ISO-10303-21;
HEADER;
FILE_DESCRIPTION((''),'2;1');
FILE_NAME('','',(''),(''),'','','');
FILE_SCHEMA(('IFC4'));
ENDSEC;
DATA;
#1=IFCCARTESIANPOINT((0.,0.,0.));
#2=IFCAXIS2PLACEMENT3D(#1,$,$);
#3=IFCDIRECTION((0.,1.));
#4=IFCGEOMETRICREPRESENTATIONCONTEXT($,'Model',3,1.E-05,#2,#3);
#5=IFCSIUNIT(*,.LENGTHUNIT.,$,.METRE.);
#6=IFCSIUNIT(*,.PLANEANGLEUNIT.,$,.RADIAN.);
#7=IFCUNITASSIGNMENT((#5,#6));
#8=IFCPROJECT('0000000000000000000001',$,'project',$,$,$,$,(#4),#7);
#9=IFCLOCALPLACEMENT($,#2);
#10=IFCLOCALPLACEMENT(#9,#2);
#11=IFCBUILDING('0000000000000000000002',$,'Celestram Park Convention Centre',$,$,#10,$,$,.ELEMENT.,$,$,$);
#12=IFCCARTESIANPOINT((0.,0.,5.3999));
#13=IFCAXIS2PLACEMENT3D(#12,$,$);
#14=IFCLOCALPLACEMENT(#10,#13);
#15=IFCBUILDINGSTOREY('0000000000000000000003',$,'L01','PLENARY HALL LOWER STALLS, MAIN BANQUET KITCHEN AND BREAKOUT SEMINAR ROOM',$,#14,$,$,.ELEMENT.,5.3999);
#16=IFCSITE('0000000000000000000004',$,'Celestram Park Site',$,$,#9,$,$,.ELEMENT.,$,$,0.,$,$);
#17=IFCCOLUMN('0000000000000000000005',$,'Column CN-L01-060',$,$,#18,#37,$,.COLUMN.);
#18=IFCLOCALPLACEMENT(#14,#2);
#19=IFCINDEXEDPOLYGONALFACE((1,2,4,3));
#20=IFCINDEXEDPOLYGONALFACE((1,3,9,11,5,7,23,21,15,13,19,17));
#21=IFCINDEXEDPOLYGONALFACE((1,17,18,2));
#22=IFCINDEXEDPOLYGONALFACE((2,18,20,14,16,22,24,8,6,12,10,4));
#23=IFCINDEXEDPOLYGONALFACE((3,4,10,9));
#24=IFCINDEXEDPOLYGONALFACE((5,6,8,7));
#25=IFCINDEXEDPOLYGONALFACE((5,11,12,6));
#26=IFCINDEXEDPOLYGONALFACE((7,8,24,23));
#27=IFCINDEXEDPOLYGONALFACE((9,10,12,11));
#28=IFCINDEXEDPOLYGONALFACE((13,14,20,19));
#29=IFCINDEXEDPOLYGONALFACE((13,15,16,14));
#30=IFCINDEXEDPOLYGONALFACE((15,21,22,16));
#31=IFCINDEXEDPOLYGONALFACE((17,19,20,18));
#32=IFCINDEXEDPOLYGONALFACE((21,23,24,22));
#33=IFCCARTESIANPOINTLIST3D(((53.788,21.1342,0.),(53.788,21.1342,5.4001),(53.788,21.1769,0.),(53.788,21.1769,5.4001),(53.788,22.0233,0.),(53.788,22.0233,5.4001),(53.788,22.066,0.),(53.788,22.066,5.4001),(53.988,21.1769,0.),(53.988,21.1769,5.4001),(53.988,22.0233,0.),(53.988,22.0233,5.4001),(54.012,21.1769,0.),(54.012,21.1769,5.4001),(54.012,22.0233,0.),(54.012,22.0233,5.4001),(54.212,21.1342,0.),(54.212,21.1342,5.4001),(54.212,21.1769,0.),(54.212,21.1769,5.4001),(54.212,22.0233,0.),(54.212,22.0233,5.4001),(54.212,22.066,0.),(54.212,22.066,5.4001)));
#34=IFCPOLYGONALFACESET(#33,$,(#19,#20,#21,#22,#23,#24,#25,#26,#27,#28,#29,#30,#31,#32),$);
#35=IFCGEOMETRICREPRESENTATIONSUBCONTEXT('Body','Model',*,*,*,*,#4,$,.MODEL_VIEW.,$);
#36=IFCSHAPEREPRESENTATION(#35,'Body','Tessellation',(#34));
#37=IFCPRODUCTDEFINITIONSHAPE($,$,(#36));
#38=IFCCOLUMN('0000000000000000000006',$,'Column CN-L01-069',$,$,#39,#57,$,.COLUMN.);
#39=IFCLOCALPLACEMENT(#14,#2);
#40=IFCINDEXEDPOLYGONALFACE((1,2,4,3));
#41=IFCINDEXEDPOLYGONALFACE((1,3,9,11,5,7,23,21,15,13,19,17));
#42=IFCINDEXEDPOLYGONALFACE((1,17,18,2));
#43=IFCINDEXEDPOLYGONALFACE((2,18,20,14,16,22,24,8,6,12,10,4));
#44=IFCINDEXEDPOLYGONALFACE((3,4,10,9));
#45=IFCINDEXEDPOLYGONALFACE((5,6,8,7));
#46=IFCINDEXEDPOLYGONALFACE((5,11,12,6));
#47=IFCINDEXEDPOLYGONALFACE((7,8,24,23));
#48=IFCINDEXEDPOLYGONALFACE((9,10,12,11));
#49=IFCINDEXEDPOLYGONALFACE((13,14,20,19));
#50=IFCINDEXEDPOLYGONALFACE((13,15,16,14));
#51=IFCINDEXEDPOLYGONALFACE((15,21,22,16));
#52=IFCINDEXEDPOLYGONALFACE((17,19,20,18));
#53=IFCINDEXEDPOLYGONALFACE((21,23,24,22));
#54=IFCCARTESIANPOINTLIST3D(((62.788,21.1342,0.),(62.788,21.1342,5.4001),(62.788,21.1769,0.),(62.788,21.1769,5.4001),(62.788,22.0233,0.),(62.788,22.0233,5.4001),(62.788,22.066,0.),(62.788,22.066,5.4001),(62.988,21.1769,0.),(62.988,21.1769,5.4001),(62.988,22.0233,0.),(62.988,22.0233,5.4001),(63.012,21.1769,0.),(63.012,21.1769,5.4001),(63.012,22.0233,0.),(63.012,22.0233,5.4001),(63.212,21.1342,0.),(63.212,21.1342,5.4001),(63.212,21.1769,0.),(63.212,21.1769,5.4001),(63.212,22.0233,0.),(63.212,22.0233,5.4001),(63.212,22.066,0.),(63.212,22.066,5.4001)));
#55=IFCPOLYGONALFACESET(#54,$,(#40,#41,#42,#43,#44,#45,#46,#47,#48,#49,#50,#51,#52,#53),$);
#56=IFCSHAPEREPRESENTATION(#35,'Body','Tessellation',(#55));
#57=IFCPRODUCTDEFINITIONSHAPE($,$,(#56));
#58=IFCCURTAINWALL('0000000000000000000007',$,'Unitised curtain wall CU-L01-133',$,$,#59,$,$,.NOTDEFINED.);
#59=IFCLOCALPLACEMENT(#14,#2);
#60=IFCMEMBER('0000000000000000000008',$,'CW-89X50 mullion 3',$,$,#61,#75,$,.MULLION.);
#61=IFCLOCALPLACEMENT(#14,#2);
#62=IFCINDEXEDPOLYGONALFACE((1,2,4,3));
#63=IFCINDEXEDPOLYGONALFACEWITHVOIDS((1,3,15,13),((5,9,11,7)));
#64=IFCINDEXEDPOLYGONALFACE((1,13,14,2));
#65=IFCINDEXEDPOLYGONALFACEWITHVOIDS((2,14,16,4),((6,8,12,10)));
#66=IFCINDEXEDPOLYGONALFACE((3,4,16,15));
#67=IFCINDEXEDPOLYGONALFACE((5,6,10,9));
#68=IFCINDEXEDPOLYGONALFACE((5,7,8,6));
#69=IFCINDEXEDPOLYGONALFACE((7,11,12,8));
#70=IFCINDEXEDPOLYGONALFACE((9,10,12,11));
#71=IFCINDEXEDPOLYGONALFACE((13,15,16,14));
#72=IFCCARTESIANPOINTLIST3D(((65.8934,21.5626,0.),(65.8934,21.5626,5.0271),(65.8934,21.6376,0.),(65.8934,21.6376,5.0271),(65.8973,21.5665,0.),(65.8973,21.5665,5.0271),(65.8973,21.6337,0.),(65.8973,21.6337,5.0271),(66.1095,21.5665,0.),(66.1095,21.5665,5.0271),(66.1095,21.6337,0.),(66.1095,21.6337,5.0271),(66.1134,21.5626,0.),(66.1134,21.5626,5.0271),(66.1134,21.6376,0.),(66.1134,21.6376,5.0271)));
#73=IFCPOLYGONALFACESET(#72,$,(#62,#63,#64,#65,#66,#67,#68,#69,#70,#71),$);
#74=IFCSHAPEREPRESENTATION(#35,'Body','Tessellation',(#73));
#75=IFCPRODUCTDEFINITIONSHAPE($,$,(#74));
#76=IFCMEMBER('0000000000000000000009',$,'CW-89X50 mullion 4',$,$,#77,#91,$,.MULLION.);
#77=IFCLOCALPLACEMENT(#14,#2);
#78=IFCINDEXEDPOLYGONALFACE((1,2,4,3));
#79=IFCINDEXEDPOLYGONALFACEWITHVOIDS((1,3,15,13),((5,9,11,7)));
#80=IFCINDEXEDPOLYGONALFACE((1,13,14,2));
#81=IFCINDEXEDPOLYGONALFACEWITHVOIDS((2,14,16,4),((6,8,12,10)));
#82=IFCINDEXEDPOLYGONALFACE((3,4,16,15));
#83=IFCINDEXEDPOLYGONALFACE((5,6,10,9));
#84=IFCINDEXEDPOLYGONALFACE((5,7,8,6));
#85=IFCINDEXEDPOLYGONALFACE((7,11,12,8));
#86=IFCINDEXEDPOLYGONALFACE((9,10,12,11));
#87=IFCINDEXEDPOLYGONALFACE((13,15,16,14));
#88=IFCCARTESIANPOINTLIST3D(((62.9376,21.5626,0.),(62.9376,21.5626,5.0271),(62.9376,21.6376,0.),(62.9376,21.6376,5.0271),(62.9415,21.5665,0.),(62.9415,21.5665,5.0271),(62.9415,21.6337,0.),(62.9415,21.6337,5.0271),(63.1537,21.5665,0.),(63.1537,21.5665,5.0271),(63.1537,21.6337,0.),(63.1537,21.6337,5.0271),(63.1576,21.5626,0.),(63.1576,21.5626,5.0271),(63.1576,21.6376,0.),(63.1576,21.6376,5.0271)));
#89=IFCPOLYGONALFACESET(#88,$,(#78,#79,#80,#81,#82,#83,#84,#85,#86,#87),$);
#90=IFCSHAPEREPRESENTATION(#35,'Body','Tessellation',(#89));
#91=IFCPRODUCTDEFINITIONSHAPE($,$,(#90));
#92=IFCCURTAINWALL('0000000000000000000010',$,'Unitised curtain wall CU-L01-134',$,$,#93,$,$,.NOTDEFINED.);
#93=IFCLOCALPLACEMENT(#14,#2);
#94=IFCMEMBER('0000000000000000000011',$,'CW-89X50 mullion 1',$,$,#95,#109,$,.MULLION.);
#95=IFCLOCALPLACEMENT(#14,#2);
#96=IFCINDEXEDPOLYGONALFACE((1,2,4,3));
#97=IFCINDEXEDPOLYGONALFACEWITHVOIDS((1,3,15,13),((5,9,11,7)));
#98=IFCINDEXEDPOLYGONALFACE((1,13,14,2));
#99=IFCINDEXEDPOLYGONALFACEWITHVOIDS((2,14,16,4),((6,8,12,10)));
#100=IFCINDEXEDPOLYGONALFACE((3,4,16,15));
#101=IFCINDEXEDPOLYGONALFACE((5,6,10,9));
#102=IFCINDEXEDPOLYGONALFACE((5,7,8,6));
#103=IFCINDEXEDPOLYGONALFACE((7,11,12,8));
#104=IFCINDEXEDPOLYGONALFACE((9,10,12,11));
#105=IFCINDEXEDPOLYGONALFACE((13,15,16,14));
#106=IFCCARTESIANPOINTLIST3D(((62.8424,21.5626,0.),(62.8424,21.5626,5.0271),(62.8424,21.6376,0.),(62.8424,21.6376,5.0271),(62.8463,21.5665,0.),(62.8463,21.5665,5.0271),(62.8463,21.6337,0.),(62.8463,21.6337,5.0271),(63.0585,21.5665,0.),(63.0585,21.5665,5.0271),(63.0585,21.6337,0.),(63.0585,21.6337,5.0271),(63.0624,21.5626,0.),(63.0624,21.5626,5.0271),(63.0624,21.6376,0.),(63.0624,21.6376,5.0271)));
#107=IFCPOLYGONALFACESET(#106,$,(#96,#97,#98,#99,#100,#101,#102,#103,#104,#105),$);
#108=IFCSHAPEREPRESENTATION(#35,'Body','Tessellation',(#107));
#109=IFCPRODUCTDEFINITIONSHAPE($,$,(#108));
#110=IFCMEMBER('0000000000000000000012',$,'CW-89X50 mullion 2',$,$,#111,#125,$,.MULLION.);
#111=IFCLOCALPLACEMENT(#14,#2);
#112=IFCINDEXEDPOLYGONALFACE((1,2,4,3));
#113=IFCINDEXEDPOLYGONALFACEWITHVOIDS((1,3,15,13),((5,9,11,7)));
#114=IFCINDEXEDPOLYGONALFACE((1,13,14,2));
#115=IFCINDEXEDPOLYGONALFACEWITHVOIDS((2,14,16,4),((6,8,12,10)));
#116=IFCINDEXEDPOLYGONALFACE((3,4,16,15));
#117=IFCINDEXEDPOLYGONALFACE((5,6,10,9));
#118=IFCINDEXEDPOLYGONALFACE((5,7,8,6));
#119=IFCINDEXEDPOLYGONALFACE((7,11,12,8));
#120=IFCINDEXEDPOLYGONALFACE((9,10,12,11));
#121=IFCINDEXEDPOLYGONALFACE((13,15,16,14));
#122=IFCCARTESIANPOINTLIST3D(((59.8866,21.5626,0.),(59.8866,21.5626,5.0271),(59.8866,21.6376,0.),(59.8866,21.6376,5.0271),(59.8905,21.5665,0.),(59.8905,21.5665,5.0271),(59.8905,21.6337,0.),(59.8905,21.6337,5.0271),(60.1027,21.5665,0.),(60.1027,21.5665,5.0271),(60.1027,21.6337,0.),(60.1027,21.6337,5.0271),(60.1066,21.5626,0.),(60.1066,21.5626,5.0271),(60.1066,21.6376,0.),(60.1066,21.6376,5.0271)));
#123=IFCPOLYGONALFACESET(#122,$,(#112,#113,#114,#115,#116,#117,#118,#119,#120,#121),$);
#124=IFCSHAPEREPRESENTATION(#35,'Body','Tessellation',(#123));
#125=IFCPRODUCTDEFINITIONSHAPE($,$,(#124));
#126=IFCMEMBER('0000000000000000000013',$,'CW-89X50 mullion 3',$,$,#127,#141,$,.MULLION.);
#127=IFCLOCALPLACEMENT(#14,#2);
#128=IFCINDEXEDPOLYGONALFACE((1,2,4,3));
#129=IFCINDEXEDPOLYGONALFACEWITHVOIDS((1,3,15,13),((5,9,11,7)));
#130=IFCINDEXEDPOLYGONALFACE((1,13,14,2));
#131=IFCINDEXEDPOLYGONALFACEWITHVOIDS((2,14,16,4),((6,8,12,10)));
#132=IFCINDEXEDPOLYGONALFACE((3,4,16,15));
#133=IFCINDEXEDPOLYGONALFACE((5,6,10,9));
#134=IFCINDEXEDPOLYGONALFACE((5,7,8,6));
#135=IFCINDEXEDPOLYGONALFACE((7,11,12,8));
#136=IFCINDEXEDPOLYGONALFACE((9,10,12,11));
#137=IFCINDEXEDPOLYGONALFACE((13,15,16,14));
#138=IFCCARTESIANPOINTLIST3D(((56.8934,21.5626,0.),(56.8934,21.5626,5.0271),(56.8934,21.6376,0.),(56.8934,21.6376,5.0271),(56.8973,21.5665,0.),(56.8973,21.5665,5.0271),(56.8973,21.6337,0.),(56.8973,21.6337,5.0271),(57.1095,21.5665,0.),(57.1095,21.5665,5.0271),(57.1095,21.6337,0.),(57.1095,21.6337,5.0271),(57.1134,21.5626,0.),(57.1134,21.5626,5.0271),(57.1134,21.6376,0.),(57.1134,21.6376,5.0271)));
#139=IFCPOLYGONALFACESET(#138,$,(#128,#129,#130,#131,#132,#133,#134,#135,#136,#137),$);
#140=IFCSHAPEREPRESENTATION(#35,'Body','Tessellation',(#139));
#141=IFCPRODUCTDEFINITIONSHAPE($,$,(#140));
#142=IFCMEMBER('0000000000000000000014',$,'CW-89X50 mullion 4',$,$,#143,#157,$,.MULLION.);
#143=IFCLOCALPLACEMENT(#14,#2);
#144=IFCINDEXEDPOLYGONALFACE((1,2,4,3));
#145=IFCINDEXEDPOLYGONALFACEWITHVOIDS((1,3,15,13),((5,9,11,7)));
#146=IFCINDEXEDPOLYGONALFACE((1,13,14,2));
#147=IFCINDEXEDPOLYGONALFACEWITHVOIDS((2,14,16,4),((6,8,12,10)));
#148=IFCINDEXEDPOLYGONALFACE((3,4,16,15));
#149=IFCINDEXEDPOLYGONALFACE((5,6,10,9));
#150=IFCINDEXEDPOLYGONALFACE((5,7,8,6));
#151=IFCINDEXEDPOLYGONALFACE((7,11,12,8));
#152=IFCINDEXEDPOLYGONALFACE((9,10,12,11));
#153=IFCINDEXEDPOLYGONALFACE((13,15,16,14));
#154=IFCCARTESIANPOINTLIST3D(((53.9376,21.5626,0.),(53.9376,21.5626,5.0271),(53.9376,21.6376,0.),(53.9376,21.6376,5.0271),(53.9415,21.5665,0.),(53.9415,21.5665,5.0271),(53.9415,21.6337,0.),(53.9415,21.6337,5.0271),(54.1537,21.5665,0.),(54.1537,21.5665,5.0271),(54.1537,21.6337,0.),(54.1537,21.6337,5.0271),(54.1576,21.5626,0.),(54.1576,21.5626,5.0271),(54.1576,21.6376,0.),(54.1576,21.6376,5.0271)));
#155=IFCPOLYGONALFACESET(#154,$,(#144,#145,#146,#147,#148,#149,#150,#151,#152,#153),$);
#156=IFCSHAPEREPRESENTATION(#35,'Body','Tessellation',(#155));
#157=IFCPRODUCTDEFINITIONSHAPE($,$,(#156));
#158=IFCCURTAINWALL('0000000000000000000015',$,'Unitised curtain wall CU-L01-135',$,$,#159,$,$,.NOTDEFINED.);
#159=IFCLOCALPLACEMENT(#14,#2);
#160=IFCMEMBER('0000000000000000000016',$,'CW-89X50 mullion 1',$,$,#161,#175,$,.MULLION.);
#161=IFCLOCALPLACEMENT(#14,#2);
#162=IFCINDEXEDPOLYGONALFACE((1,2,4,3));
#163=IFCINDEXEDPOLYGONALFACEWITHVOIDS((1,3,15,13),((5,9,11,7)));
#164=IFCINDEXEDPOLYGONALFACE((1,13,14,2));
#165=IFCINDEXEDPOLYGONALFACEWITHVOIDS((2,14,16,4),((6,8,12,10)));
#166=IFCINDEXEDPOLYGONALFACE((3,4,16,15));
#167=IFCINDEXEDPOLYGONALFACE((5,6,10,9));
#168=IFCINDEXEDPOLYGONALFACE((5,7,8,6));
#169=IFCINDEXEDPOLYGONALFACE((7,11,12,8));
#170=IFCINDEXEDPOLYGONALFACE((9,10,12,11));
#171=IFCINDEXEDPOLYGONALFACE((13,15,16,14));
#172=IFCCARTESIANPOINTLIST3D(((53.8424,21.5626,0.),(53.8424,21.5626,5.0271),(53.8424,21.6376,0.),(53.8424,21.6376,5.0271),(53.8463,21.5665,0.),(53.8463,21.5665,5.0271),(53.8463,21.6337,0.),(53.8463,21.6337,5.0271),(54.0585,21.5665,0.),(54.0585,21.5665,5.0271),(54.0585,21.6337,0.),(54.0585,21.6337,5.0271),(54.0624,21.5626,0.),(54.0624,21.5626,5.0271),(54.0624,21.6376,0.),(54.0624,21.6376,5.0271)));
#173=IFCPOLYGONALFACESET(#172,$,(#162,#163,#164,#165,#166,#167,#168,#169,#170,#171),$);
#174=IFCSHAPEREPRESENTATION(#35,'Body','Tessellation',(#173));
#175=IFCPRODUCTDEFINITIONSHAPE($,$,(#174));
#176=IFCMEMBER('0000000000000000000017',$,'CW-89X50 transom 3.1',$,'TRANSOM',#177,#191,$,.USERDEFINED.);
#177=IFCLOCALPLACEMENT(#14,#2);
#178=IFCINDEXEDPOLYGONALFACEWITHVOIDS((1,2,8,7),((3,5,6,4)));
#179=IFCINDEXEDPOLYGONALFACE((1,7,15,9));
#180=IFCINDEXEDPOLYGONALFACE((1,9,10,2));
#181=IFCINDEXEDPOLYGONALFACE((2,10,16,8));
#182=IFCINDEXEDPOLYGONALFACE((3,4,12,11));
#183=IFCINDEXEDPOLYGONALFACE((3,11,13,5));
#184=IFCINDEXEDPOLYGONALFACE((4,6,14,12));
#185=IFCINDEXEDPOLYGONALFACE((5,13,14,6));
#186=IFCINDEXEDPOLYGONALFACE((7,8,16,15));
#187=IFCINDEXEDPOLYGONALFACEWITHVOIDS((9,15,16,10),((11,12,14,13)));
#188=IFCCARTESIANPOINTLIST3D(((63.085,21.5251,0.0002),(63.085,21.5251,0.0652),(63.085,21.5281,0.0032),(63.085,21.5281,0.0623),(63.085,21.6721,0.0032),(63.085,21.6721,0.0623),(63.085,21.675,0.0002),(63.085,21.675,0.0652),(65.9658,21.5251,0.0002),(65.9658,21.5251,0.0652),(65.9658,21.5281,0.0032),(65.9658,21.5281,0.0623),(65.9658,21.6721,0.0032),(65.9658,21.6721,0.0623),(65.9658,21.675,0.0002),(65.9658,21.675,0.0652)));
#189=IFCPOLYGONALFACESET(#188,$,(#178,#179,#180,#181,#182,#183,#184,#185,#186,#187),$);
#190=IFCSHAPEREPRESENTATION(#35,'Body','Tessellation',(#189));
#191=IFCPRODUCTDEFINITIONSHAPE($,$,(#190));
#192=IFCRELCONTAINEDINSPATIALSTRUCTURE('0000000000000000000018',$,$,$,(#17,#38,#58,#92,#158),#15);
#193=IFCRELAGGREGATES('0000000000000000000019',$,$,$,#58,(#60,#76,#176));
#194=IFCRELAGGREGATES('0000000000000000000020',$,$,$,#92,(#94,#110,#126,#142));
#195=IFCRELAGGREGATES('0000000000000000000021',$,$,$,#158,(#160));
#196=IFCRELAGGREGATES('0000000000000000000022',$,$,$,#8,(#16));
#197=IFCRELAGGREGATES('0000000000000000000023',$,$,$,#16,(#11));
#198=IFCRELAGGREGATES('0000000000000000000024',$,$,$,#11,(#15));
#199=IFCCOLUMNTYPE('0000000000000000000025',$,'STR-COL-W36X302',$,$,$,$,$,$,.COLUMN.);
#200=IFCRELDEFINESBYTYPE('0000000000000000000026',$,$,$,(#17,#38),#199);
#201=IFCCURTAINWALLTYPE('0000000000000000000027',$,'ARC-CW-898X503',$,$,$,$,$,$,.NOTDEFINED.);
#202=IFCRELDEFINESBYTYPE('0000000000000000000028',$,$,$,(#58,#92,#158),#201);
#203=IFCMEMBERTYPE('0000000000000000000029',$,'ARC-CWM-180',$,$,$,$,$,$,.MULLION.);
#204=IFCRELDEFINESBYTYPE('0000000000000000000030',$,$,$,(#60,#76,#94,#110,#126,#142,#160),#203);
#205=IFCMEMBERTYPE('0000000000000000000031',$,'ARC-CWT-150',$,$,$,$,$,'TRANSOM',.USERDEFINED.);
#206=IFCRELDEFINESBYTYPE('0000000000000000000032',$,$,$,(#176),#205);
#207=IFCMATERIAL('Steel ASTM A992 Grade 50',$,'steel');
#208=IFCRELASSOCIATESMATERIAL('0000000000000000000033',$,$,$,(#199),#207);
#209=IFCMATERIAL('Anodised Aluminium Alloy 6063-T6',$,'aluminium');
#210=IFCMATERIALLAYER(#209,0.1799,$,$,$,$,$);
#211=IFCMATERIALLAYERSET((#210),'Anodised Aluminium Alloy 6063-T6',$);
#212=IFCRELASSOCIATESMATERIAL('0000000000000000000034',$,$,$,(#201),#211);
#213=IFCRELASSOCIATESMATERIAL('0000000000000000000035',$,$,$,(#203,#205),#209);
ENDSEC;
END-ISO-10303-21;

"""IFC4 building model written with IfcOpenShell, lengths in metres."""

from ifc_helpers import new_model, si_unit, direction, frame, origin, origin_2d, place, context, subcontext, project, spatial, hollow_rectangle, i_section, extrude, material, layer, layer_set, material_profile, profile_set, type_object, element, aggregate, save


model = new_model("IFC4")

# Units and contexts
model_context = context("Model", 3, precision=1e-05, world=origin(), true_north=direction((0.0, 1.0)))
body_context = subcontext(model_context, "Body", "Model", "MODEL_VIEW")
ifc_project = project(units=[si_unit("LENGTHUNIT", "METRE"), si_unit("PLANEANGLEUNIT", "RADIAN")], contexts=[model_context])

# Site, building, storey
site_placement = place(None, origin())
site = spatial("IfcSite", under=ifc_project, at=site_placement, Name="Celestram Park Site", CompositionType="ELEMENT", RefElevation=0.0)
building_placement = place(site_placement, origin())
building = spatial("IfcBuilding", under=site, at=building_placement, Name="Celestram Park Convention Centre", CompositionType="ELEMENT")
storey_placement = place(building_placement, frame((0.0, 0.0, 5.3999)))
storey = spatial("IfcBuildingStorey", under=building, at=storey_placement, Name="L01", Description="PLENARY HALL LOWER STALLS, MAIN BANQUET KITCHEN AND BREAKOUT SEMINAR ROOM", CompositionType="ELEMENT", Elevation=5.3999)

# Columns
ifc_material_1 = material(Name="Steel ASTM A992 Grade 50", Category="steel")
ifc_material_profile_1 = material_profile(ifc_material_1, i_section(OverallWidth=0.4241, OverallDepth=0.9319, WebThickness=0.0239, FlangeThickness=0.0427, at=origin_2d()), Name="W36X302")
ifc_profile_set_1 = profile_set([ifc_material_profile_1], Name="Steel ASTM A992 Grade 50")
column_type = type_object("IfcColumnType", Name="STR-COL-W36X302", PredefinedType="COLUMN", material=ifc_profile_set_1)
for number, where, z_axis, x_axis, name in (
    (1, (54.0, 21.6001, 0.0), (0.0, 0.0, 1.0), (1.0, 0.0, 0.0), "Column CN-L01-060"),
    (2, (63.0, 21.6001, 0.0), (0.0, 0.0, 1.0), (1.0, 0.0, 0.0), "Column CN-L01-069"),
):
    element("IfcColumn", number, at=place(storey_placement, frame(where, z_axis=z_axis, x_axis=x_axis)), inside=storey, type_object=column_type, Name=name, PredefinedType="COLUMN", context=body_context, shape_type="SweptSolid", body=[
        extrude(i_section(OverallWidth=0.4241, OverallDepth=0.9319, WebThickness=0.0239, FlangeThickness=0.0427, at=origin_2d()), origin(), (0.0, 0.0, 1.0), 5.4001),
    ])

# Curtain walls, members
ifc_material_2 = material(Name="Anodised Aluminium Alloy 6063-T6", Category="aluminium")
ifc_layer_1 = layer(ifc_material_2, 0.1799)
ifc_layer_set_1 = layer_set([ifc_layer_1], Name="Anodised Aluminium Alloy 6063-T6")
curtain_wall_type = type_object("IfcCurtainWallType", Name="ARC-CW-898X503", PredefinedType="NOTDEFINED", material=ifc_layer_set_1)
curtain_wall_1_placement = place(storey_placement, origin())
curtain_wall_1 = element("IfcCurtainWall", 3, at=curtain_wall_1_placement, inside=storey, type_object=curtain_wall_type, Name="Unitised curtain wall CU-L01-133", PredefinedType="NOTDEFINED")
ifc_material_profile_2 = material_profile(ifc_material_2, hollow_rectangle(XDim=0.075, YDim=0.22, WallThickness=0.0039, at=origin_2d()), Name="ALU75X220X4")
ifc_profile_set_2 = profile_set([ifc_material_profile_2], Name="Anodised Aluminium Alloy 6063-T6")
member_type_1 = type_object("IfcMemberType", Name="ARC-CWM-180", PredefinedType="MULLION", material=ifc_profile_set_2)
member_1_placement = place(storey_placement, frame((66.0034, 21.6001, 0.0), z_axis=(0.0, 0.0, 1.0), x_axis=(0.0, -1.0, 0.0)))
member_1 = element("IfcMember", 4, at=member_1_placement, type_object=member_type_1, Name="CW-89X50 mullion 3", PredefinedType="MULLION", context=body_context, shape_type="SweptSolid", body=[
    extrude(hollow_rectangle(XDim=0.075, YDim=0.22, WallThickness=0.0039, at=origin_2d()), origin(), (0.0, 0.0, 1.0), 5.0271),
])
member_2_placement = place(storey_placement, frame((63.0476, 21.6001, 0.0), z_axis=(0.0, 0.0, 1.0), x_axis=(0.0, -1.0, 0.0)))
member_2 = element("IfcMember", 5, at=member_2_placement, type_object=member_type_1, Name="CW-89X50 mullion 4", PredefinedType="MULLION", context=body_context, shape_type="SweptSolid", body=[
    extrude(hollow_rectangle(XDim=0.075, YDim=0.22, WallThickness=0.0039, at=origin_2d()), origin(), (0.0, 0.0, 1.0), 5.0271),
])
curtain_wall_2_placement = place(storey_placement, origin())
curtain_wall_2 = element("IfcCurtainWall", 6, at=curtain_wall_2_placement, inside=storey, type_object=curtain_wall_type, Name="Unitised curtain wall CU-L01-134", PredefinedType="NOTDEFINED")
member_3_placement = place(storey_placement, frame((62.9524, 21.6001, 0.0), z_axis=(0.0, 0.0, 1.0), x_axis=(0.0, -1.0, 0.0)))
member_3 = element("IfcMember", 7, at=member_3_placement, type_object=member_type_1, Name="CW-89X50 mullion 1", PredefinedType="MULLION", context=body_context, shape_type="SweptSolid", body=[
    extrude(hollow_rectangle(XDim=0.075, YDim=0.22, WallThickness=0.0039, at=origin_2d()), origin(), (0.0, 0.0, 1.0), 5.0271),
])
member_4_placement = place(storey_placement, frame((59.9966, 21.6001, 0.0), z_axis=(0.0, 0.0, 1.0), x_axis=(0.0, -1.0, 0.0)))
member_4 = element("IfcMember", 8, at=member_4_placement, type_object=member_type_1, Name="CW-89X50 mullion 2", PredefinedType="MULLION", context=body_context, shape_type="SweptSolid", body=[
    extrude(hollow_rectangle(XDim=0.075, YDim=0.22, WallThickness=0.0039, at=origin_2d()), origin(), (0.0, 0.0, 1.0), 5.0271),
])
member_5_placement = place(storey_placement, frame((57.0034, 21.6001, 0.0), z_axis=(0.0, 0.0, 1.0), x_axis=(0.0, -1.0, 0.0)))
member_5 = element("IfcMember", 9, at=member_5_placement, type_object=member_type_1, Name="CW-89X50 mullion 3", PredefinedType="MULLION", context=body_context, shape_type="SweptSolid", body=[
    extrude(hollow_rectangle(XDim=0.075, YDim=0.22, WallThickness=0.0039, at=origin_2d()), origin(), (0.0, 0.0, 1.0), 5.0271),
])
member_6_placement = place(storey_placement, frame((54.0476, 21.6001, 0.0), z_axis=(0.0, 0.0, 1.0), x_axis=(0.0, -1.0, 0.0)))
member_6 = element("IfcMember", 10, at=member_6_placement, type_object=member_type_1, Name="CW-89X50 mullion 4", PredefinedType="MULLION", context=body_context, shape_type="SweptSolid", body=[
    extrude(hollow_rectangle(XDim=0.075, YDim=0.22, WallThickness=0.0039, at=origin_2d()), origin(), (0.0, 0.0, 1.0), 5.0271),
])

# Curtain wall, member
curtain_wall_3_placement = place(storey_placement, origin())
curtain_wall_3 = element("IfcCurtainWall", 11, at=curtain_wall_3_placement, inside=storey, type_object=curtain_wall_type, Name="Unitised curtain wall CU-L01-135", PredefinedType="NOTDEFINED")
member_7_placement = place(storey_placement, frame((53.9524, 21.6001, 0.0), z_axis=(0.0, 0.0, 1.0), x_axis=(0.0, -1.0, 0.0)))
member_7 = element("IfcMember", 12, at=member_7_placement, type_object=member_type_1, Name="CW-89X50 mullion 1", PredefinedType="MULLION", context=body_context, shape_type="SweptSolid", body=[
    extrude(hollow_rectangle(XDim=0.075, YDim=0.22, WallThickness=0.0039, at=origin_2d()), origin(), (0.0, 0.0, 1.0), 5.0271),
])

# Member
ifc_material_profile_3 = material_profile(ifc_material_2, hollow_rectangle(XDim=0.1499, YDim=0.0649, WallThickness=0.0029, at=origin_2d()), Name="ALU150X65X3")
ifc_profile_set_3 = profile_set([ifc_material_profile_3], Name="Anodised Aluminium Alloy 6063-T6")
member_type_2 = type_object("IfcMemberType", Name="ARC-CWT-150", ElementType="TRANSOM", PredefinedType="USERDEFINED", material=ifc_profile_set_3)
member_8_placement = place(storey_placement, frame((65.9658, 21.6001, 0.0327), z_axis=(-1.0, 0.0, 0.0), x_axis=(0.0, -1.0, 0.0)))
member_8 = element("IfcMember", 13, at=member_8_placement, type_object=member_type_2, Name="CW-89X50 transom 3.1", ObjectType="TRANSOM", PredefinedType="USERDEFINED", context=body_context, shape_type="SweptSolid", body=[
    extrude(hollow_rectangle(XDim=0.1499, YDim=0.0649, WallThickness=0.0029, at=origin_2d()), origin(), (0.0, 0.0, 1.0), 2.8809),
])

aggregate(curtain_wall_1, [member_1, member_2, member_8])
aggregate(curtain_wall_2, [member_3, member_4, member_5, member_6])
aggregate(curtain_wall_3, [member_7])

save(model, "model.ifc")
